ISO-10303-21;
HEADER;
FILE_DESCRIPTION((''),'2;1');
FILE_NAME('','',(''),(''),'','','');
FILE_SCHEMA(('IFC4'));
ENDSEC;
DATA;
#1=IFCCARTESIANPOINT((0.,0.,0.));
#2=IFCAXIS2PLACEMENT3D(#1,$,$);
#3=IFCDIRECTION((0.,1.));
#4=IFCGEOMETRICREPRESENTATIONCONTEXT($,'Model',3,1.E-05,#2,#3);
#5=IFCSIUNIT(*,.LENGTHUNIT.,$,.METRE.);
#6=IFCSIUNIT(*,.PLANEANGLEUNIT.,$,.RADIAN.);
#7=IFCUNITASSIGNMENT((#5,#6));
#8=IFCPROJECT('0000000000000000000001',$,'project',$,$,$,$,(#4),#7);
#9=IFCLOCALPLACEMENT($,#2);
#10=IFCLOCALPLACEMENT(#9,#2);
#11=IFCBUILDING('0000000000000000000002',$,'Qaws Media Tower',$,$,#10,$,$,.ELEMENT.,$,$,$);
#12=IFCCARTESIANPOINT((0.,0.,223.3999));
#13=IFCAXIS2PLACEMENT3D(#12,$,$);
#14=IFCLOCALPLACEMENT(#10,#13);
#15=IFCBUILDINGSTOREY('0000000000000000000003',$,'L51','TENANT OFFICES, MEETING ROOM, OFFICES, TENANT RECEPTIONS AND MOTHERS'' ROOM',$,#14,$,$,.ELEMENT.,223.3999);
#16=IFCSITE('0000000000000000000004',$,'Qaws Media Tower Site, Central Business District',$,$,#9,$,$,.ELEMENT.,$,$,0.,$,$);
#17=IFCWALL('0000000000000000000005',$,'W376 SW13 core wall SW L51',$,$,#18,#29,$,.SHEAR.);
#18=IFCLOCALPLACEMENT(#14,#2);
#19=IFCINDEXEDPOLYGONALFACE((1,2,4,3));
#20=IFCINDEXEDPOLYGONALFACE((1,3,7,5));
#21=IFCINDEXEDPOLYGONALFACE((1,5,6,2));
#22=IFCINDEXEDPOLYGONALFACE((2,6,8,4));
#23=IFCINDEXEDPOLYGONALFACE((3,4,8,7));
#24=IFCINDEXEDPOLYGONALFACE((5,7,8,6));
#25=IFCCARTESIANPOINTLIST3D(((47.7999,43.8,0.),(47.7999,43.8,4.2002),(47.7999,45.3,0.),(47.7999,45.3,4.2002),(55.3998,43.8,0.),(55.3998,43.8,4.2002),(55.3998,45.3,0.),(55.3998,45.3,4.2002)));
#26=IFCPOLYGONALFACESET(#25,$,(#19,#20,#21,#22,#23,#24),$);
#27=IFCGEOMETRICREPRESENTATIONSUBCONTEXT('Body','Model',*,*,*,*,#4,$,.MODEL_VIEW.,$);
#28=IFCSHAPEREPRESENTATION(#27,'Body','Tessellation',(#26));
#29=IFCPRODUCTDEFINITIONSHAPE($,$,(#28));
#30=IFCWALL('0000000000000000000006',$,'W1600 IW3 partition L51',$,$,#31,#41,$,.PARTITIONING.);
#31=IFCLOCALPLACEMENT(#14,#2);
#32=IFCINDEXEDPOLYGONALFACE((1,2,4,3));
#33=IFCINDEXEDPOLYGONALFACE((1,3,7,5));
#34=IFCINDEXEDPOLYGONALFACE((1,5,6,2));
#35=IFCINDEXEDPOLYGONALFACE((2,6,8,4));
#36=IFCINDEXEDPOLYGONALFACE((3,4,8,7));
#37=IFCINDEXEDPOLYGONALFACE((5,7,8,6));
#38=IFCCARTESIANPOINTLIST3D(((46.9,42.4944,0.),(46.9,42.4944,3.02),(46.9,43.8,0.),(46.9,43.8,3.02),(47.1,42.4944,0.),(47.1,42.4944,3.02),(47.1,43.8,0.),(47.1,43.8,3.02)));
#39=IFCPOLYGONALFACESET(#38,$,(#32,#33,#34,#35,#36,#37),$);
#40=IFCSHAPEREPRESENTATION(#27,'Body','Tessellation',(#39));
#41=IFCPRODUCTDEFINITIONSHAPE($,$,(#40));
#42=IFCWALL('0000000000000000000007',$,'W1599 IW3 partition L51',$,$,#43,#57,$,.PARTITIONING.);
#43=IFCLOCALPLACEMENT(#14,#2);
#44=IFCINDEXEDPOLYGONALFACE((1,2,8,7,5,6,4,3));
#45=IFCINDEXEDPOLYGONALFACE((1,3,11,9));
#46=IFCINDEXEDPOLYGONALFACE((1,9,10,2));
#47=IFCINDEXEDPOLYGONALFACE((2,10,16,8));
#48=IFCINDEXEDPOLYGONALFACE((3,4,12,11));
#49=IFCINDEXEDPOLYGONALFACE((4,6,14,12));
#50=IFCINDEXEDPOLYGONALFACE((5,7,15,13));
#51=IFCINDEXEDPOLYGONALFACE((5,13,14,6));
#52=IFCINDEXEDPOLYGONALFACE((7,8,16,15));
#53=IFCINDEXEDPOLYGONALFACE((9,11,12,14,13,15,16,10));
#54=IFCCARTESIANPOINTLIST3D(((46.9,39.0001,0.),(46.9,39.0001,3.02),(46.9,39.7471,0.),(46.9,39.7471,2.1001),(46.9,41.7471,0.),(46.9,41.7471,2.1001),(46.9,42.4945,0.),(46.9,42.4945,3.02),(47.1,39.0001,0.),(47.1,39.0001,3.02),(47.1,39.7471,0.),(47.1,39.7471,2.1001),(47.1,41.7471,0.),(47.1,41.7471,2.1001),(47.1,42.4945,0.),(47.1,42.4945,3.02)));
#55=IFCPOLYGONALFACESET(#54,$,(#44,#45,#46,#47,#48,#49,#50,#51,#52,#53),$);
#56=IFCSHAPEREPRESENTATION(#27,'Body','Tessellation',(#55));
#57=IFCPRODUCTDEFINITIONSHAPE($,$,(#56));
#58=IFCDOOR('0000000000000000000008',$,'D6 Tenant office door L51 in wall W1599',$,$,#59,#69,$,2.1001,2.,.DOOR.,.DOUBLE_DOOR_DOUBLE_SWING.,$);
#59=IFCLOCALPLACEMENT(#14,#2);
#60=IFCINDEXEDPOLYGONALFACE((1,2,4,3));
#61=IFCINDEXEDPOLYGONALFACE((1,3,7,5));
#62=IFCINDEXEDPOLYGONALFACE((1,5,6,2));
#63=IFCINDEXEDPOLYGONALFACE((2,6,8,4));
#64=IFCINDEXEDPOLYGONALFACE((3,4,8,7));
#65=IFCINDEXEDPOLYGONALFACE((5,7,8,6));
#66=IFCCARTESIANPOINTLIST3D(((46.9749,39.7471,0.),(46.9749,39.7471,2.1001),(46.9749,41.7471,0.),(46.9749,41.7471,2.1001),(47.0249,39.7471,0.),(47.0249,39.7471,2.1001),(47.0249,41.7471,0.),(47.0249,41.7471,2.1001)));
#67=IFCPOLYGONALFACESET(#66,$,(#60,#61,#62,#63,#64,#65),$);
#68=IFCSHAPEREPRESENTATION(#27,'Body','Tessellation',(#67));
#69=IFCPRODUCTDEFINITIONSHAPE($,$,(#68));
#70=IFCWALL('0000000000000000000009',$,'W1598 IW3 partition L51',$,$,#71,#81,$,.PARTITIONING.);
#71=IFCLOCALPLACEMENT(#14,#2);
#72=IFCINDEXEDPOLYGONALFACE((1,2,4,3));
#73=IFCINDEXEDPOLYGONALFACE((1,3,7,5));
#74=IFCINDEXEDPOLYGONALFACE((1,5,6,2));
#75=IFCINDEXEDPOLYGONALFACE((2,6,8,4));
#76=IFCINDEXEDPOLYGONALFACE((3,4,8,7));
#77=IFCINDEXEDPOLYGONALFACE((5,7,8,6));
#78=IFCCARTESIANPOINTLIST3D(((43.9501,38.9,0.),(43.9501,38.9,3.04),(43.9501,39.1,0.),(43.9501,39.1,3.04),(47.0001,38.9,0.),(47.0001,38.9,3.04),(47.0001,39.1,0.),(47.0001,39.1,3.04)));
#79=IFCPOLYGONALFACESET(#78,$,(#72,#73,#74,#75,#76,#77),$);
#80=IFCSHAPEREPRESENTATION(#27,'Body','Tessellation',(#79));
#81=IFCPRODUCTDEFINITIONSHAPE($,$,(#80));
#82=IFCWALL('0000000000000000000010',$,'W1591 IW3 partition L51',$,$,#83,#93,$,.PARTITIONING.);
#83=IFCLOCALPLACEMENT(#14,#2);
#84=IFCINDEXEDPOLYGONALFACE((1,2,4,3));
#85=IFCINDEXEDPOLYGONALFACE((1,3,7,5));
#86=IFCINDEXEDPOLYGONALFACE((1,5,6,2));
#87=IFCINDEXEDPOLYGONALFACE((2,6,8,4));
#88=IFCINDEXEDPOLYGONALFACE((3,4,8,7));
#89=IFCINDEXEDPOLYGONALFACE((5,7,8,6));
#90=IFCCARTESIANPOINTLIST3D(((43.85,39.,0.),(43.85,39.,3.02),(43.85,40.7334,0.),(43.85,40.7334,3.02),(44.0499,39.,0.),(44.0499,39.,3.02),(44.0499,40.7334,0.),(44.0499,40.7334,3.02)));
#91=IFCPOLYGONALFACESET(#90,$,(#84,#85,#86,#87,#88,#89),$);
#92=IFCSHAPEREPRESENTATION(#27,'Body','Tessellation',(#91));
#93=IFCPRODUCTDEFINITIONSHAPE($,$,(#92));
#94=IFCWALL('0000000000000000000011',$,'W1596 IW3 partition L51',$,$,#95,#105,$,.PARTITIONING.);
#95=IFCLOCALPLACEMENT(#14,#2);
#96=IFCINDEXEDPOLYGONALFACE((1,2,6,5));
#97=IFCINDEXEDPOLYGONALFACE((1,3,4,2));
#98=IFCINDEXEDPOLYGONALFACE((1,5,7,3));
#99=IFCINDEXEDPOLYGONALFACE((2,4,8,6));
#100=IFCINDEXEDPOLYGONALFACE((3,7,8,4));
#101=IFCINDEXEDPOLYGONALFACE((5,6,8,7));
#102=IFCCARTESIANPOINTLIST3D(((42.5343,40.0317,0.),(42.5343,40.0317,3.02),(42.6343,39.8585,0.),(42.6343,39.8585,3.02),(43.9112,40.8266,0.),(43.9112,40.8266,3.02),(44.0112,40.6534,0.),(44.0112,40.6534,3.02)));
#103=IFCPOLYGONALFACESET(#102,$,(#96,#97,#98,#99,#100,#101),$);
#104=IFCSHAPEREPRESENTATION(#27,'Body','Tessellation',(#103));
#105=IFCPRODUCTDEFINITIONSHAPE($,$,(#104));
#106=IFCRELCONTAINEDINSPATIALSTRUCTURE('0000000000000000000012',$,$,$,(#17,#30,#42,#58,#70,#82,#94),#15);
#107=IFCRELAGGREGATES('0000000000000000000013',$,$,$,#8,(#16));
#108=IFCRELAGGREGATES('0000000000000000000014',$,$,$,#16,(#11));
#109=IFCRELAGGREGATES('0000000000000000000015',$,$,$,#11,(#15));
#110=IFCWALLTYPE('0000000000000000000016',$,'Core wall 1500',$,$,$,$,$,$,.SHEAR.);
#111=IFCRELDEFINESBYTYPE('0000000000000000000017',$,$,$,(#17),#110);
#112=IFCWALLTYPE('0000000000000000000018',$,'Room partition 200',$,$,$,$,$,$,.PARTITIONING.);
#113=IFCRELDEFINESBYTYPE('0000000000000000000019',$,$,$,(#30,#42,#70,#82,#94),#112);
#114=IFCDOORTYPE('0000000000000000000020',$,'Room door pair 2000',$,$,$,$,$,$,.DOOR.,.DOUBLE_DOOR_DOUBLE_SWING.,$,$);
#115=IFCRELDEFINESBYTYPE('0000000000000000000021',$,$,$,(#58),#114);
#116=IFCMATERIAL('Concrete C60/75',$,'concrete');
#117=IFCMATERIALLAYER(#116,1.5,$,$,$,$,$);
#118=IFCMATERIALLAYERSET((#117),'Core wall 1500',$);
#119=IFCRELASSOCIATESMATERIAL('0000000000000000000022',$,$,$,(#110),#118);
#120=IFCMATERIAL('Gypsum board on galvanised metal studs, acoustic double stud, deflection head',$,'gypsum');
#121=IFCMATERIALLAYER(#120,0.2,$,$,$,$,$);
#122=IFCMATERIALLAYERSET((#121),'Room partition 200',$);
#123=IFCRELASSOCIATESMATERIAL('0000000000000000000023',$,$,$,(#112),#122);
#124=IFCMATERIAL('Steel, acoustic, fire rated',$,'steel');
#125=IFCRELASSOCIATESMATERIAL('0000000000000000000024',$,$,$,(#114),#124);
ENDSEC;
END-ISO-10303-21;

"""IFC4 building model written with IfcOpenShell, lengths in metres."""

from ifc_helpers import new_model, si_unit, direction, frame, frame_2d, origin, place, context, subcontext, project, spatial, rectangle, extrude, material, layer, layer_set, type_object, element, fill, save


model = new_model("IFC4")

# Units and contexts
model_context = context("Model", 3, precision=1e-05, world=origin(), true_north=direction((0.0, 1.0)))
body_context = subcontext(model_context, "Body", "Model", "MODEL_VIEW")
ifc_project = project(units=[si_unit("LENGTHUNIT", "METRE"), si_unit("PLANEANGLEUNIT", "RADIAN")], contexts=[model_context])

# Site, building, storey
site_placement = place(None, origin())
site = spatial("IfcSite", under=ifc_project, at=site_placement, Name="Qaws Media Tower Site, Central Business District", CompositionType="ELEMENT", RefElevation=0.0)
building_placement = place(site_placement, origin())
building = spatial("IfcBuilding", under=site, at=building_placement, Name="Qaws Media Tower", CompositionType="ELEMENT")
storey_placement = place(building_placement, frame((0.0, 0.0, 223.3999)))
storey = spatial("IfcBuildingStorey", under=building, at=storey_placement, Name="L51", Description="TENANT OFFICES, MEETING ROOM, OFFICES, TENANT RECEPTIONS AND MOTHERS' ROOM", CompositionType="ELEMENT", Elevation=223.3999)

# Walls
ifc_material_1 = material(Name="Concrete C60/75", Category="concrete")
ifc_layer_1 = layer(ifc_material_1, 1.5)
ifc_layer_set_1 = layer_set([ifc_layer_1], Name="Core wall 1500")
wall_type_1 = type_object("IfcWallType", Name="Core wall 1500", PredefinedType="SHEAR", material=ifc_layer_set_1)
wall_1_placement = place(storey_placement, frame((47.8, 44.55, 0.0), z_axis=(0.0, 0.0, 1.0), x_axis=(1.0, 0.0, 0.0)))
element("IfcWall", 1, at=wall_1_placement, inside=storey, type_object=wall_type_1, Name="W376 SW13 core wall SW L51", PredefinedType="SHEAR", context=body_context, shape_type="SweptSolid", body=[
    extrude(rectangle(XDim=7.5999, YDim=1.5, at=frame_2d((3.7998, 0.0))), origin(), (0.0, 0.0, 1.0), 4.2002),
])
ifc_material_2 = material(Name="Gypsum board on galvanised metal studs, acoustic double stud, deflection head", Category="gypsum")
ifc_layer_2 = layer(ifc_material_2, 0.2)
ifc_layer_set_2 = layer_set([ifc_layer_2], Name="Room partition 200")
wall_type_2 = type_object("IfcWallType", Name="Room partition 200", PredefinedType="PARTITIONING", material=ifc_layer_set_2)
wall_2_placement = place(storey_placement, frame((47.0, 43.8, 0.0), z_axis=(0.0, 0.0, 1.0), x_axis=(0.0, -1.0, 0.0)))
element("IfcWall", 2, at=wall_2_placement, inside=storey, type_object=wall_type_2, Name="W1600 IW3 partition L51", PredefinedType="PARTITIONING", context=body_context, shape_type="SweptSolid", body=[
    extrude(rectangle(XDim=1.3057, YDim=0.2, at=frame_2d((0.6528, 0.0))), origin(), (0.0, 0.0, 1.0), 3.02),
])

# Wall, opening, door
wall_3_placement = place(storey_placement, frame((47.0, 42.4944, 0.0), z_axis=(0.0, 0.0, 1.0), x_axis=(0.0, -1.0, 0.0)))
wall_3 = element("IfcWall", 3, at=wall_3_placement, inside=storey, type_object=wall_type_2, Name="W1599 IW3 partition L51", PredefinedType="PARTITIONING", context=body_context, shape_type="SweptSolid", body=[
    extrude(rectangle(XDim=3.4944, YDim=0.2, at=frame_2d((1.7471, 0.0))), origin(), (0.0, 0.0, 1.0), 3.02),
])
opening_1_placement = place(wall_3_placement, frame((0.7473, 0.0, 0.0)))
opening_1 = element("IfcOpeningElement", 4, at=opening_1_placement, cuts=wall_3, PredefinedType="OPENING", context=body_context, shape_type="SweptSolid", body=[
    extrude(rectangle(XDim=2.0, YDim=2.1001, at=frame_2d((1.0, 1.05))), frame((0.0, 0.1099, 0.0), z_axis=(0.0, -1.0, 0.0), x_axis=(1.0, 0.0, 0.0)), (0.0, 0.0, 1.0), 0.22),
])
ifc_material_3 = material(Name="Steel, acoustic, fire rated", Category="steel")
door_type_1 = type_object("IfcDoorType", Name="Room door pair 2000", OperationType="DOUBLE_DOOR_DOUBLE_SWING", PredefinedType="DOOR", material=ifc_material_3)
door_1_placement = place(opening_1_placement, origin())
door_1 = element("IfcDoor", 5, at=door_1_placement, inside=storey, type_object=door_type_1, Name="D6 Tenant office door L51 in wall W1599", OperationType="DOUBLE_DOOR_DOUBLE_SWING", OverallHeight=2.1001, OverallWidth=2.0, PredefinedType="DOOR", context=body_context, shape_type="SweptSolid", body=[
    extrude(rectangle(XDim=2.0, YDim=2.1001, at=frame_2d((1.0, 1.05))), frame((0.0, 0.0249, 0.0), z_axis=(0.0, -1.0, 0.0), x_axis=(1.0, 0.0, 0.0)), (0.0, 0.0, 1.0), 0.05),
])
fill(opening_1, door_1)

# Walls
wall_4_placement = place(storey_placement, frame((47.0, 39.0, 0.0), z_axis=(0.0, 0.0, 1.0), x_axis=(-1.0, 0.0, 0.0)))
element("IfcWall", 6, at=wall_4_placement, inside=storey, type_object=wall_type_2, Name="W1598 IW3 partition L51", PredefinedType="PARTITIONING", context=body_context, shape_type="SweptSolid", body=[
    extrude(rectangle(XDim=3.05, YDim=0.2, at=frame_2d((1.5249, 0.0))), origin(), (0.0, 0.0, 1.0), 3.04),
])
wall_5_placement = place(storey_placement, frame((43.95, 39.0, 0.0), z_axis=(0.0, 0.0, 1.0), x_axis=(0.0, 1.0, 0.0)))
element("IfcWall", 7, at=wall_5_placement, inside=storey, type_object=wall_type_2, Name="W1591 IW3 partition L51", PredefinedType="PARTITIONING", context=body_context, shape_type="SweptSolid", body=[
    extrude(rectangle(XDim=1.7334, YDim=0.2, at=frame_2d((0.8667, 0.0))), origin(), (0.0, 0.0, 1.0), 3.02),
])

# Wall
wall_6_placement = place(storey_placement, frame((43.9612, 40.74, 0.0), z_axis=(0.0, 0.0, 1.0), x_axis=(-0.866042, -0.499971, 0.0)))
element("IfcWall", 8, at=wall_6_placement, inside=storey, type_object=wall_type_2, Name="W1596 IW3 partition L51", PredefinedType="PARTITIONING", context=body_context, shape_type="SweptSolid", body=[
    extrude(rectangle(XDim=1.5898, YDim=0.2, at=frame_2d((0.7949, 0.0))), origin(), (0.0, 0.0, 1.0), 3.02),
])

save(model, "model.ifc")
